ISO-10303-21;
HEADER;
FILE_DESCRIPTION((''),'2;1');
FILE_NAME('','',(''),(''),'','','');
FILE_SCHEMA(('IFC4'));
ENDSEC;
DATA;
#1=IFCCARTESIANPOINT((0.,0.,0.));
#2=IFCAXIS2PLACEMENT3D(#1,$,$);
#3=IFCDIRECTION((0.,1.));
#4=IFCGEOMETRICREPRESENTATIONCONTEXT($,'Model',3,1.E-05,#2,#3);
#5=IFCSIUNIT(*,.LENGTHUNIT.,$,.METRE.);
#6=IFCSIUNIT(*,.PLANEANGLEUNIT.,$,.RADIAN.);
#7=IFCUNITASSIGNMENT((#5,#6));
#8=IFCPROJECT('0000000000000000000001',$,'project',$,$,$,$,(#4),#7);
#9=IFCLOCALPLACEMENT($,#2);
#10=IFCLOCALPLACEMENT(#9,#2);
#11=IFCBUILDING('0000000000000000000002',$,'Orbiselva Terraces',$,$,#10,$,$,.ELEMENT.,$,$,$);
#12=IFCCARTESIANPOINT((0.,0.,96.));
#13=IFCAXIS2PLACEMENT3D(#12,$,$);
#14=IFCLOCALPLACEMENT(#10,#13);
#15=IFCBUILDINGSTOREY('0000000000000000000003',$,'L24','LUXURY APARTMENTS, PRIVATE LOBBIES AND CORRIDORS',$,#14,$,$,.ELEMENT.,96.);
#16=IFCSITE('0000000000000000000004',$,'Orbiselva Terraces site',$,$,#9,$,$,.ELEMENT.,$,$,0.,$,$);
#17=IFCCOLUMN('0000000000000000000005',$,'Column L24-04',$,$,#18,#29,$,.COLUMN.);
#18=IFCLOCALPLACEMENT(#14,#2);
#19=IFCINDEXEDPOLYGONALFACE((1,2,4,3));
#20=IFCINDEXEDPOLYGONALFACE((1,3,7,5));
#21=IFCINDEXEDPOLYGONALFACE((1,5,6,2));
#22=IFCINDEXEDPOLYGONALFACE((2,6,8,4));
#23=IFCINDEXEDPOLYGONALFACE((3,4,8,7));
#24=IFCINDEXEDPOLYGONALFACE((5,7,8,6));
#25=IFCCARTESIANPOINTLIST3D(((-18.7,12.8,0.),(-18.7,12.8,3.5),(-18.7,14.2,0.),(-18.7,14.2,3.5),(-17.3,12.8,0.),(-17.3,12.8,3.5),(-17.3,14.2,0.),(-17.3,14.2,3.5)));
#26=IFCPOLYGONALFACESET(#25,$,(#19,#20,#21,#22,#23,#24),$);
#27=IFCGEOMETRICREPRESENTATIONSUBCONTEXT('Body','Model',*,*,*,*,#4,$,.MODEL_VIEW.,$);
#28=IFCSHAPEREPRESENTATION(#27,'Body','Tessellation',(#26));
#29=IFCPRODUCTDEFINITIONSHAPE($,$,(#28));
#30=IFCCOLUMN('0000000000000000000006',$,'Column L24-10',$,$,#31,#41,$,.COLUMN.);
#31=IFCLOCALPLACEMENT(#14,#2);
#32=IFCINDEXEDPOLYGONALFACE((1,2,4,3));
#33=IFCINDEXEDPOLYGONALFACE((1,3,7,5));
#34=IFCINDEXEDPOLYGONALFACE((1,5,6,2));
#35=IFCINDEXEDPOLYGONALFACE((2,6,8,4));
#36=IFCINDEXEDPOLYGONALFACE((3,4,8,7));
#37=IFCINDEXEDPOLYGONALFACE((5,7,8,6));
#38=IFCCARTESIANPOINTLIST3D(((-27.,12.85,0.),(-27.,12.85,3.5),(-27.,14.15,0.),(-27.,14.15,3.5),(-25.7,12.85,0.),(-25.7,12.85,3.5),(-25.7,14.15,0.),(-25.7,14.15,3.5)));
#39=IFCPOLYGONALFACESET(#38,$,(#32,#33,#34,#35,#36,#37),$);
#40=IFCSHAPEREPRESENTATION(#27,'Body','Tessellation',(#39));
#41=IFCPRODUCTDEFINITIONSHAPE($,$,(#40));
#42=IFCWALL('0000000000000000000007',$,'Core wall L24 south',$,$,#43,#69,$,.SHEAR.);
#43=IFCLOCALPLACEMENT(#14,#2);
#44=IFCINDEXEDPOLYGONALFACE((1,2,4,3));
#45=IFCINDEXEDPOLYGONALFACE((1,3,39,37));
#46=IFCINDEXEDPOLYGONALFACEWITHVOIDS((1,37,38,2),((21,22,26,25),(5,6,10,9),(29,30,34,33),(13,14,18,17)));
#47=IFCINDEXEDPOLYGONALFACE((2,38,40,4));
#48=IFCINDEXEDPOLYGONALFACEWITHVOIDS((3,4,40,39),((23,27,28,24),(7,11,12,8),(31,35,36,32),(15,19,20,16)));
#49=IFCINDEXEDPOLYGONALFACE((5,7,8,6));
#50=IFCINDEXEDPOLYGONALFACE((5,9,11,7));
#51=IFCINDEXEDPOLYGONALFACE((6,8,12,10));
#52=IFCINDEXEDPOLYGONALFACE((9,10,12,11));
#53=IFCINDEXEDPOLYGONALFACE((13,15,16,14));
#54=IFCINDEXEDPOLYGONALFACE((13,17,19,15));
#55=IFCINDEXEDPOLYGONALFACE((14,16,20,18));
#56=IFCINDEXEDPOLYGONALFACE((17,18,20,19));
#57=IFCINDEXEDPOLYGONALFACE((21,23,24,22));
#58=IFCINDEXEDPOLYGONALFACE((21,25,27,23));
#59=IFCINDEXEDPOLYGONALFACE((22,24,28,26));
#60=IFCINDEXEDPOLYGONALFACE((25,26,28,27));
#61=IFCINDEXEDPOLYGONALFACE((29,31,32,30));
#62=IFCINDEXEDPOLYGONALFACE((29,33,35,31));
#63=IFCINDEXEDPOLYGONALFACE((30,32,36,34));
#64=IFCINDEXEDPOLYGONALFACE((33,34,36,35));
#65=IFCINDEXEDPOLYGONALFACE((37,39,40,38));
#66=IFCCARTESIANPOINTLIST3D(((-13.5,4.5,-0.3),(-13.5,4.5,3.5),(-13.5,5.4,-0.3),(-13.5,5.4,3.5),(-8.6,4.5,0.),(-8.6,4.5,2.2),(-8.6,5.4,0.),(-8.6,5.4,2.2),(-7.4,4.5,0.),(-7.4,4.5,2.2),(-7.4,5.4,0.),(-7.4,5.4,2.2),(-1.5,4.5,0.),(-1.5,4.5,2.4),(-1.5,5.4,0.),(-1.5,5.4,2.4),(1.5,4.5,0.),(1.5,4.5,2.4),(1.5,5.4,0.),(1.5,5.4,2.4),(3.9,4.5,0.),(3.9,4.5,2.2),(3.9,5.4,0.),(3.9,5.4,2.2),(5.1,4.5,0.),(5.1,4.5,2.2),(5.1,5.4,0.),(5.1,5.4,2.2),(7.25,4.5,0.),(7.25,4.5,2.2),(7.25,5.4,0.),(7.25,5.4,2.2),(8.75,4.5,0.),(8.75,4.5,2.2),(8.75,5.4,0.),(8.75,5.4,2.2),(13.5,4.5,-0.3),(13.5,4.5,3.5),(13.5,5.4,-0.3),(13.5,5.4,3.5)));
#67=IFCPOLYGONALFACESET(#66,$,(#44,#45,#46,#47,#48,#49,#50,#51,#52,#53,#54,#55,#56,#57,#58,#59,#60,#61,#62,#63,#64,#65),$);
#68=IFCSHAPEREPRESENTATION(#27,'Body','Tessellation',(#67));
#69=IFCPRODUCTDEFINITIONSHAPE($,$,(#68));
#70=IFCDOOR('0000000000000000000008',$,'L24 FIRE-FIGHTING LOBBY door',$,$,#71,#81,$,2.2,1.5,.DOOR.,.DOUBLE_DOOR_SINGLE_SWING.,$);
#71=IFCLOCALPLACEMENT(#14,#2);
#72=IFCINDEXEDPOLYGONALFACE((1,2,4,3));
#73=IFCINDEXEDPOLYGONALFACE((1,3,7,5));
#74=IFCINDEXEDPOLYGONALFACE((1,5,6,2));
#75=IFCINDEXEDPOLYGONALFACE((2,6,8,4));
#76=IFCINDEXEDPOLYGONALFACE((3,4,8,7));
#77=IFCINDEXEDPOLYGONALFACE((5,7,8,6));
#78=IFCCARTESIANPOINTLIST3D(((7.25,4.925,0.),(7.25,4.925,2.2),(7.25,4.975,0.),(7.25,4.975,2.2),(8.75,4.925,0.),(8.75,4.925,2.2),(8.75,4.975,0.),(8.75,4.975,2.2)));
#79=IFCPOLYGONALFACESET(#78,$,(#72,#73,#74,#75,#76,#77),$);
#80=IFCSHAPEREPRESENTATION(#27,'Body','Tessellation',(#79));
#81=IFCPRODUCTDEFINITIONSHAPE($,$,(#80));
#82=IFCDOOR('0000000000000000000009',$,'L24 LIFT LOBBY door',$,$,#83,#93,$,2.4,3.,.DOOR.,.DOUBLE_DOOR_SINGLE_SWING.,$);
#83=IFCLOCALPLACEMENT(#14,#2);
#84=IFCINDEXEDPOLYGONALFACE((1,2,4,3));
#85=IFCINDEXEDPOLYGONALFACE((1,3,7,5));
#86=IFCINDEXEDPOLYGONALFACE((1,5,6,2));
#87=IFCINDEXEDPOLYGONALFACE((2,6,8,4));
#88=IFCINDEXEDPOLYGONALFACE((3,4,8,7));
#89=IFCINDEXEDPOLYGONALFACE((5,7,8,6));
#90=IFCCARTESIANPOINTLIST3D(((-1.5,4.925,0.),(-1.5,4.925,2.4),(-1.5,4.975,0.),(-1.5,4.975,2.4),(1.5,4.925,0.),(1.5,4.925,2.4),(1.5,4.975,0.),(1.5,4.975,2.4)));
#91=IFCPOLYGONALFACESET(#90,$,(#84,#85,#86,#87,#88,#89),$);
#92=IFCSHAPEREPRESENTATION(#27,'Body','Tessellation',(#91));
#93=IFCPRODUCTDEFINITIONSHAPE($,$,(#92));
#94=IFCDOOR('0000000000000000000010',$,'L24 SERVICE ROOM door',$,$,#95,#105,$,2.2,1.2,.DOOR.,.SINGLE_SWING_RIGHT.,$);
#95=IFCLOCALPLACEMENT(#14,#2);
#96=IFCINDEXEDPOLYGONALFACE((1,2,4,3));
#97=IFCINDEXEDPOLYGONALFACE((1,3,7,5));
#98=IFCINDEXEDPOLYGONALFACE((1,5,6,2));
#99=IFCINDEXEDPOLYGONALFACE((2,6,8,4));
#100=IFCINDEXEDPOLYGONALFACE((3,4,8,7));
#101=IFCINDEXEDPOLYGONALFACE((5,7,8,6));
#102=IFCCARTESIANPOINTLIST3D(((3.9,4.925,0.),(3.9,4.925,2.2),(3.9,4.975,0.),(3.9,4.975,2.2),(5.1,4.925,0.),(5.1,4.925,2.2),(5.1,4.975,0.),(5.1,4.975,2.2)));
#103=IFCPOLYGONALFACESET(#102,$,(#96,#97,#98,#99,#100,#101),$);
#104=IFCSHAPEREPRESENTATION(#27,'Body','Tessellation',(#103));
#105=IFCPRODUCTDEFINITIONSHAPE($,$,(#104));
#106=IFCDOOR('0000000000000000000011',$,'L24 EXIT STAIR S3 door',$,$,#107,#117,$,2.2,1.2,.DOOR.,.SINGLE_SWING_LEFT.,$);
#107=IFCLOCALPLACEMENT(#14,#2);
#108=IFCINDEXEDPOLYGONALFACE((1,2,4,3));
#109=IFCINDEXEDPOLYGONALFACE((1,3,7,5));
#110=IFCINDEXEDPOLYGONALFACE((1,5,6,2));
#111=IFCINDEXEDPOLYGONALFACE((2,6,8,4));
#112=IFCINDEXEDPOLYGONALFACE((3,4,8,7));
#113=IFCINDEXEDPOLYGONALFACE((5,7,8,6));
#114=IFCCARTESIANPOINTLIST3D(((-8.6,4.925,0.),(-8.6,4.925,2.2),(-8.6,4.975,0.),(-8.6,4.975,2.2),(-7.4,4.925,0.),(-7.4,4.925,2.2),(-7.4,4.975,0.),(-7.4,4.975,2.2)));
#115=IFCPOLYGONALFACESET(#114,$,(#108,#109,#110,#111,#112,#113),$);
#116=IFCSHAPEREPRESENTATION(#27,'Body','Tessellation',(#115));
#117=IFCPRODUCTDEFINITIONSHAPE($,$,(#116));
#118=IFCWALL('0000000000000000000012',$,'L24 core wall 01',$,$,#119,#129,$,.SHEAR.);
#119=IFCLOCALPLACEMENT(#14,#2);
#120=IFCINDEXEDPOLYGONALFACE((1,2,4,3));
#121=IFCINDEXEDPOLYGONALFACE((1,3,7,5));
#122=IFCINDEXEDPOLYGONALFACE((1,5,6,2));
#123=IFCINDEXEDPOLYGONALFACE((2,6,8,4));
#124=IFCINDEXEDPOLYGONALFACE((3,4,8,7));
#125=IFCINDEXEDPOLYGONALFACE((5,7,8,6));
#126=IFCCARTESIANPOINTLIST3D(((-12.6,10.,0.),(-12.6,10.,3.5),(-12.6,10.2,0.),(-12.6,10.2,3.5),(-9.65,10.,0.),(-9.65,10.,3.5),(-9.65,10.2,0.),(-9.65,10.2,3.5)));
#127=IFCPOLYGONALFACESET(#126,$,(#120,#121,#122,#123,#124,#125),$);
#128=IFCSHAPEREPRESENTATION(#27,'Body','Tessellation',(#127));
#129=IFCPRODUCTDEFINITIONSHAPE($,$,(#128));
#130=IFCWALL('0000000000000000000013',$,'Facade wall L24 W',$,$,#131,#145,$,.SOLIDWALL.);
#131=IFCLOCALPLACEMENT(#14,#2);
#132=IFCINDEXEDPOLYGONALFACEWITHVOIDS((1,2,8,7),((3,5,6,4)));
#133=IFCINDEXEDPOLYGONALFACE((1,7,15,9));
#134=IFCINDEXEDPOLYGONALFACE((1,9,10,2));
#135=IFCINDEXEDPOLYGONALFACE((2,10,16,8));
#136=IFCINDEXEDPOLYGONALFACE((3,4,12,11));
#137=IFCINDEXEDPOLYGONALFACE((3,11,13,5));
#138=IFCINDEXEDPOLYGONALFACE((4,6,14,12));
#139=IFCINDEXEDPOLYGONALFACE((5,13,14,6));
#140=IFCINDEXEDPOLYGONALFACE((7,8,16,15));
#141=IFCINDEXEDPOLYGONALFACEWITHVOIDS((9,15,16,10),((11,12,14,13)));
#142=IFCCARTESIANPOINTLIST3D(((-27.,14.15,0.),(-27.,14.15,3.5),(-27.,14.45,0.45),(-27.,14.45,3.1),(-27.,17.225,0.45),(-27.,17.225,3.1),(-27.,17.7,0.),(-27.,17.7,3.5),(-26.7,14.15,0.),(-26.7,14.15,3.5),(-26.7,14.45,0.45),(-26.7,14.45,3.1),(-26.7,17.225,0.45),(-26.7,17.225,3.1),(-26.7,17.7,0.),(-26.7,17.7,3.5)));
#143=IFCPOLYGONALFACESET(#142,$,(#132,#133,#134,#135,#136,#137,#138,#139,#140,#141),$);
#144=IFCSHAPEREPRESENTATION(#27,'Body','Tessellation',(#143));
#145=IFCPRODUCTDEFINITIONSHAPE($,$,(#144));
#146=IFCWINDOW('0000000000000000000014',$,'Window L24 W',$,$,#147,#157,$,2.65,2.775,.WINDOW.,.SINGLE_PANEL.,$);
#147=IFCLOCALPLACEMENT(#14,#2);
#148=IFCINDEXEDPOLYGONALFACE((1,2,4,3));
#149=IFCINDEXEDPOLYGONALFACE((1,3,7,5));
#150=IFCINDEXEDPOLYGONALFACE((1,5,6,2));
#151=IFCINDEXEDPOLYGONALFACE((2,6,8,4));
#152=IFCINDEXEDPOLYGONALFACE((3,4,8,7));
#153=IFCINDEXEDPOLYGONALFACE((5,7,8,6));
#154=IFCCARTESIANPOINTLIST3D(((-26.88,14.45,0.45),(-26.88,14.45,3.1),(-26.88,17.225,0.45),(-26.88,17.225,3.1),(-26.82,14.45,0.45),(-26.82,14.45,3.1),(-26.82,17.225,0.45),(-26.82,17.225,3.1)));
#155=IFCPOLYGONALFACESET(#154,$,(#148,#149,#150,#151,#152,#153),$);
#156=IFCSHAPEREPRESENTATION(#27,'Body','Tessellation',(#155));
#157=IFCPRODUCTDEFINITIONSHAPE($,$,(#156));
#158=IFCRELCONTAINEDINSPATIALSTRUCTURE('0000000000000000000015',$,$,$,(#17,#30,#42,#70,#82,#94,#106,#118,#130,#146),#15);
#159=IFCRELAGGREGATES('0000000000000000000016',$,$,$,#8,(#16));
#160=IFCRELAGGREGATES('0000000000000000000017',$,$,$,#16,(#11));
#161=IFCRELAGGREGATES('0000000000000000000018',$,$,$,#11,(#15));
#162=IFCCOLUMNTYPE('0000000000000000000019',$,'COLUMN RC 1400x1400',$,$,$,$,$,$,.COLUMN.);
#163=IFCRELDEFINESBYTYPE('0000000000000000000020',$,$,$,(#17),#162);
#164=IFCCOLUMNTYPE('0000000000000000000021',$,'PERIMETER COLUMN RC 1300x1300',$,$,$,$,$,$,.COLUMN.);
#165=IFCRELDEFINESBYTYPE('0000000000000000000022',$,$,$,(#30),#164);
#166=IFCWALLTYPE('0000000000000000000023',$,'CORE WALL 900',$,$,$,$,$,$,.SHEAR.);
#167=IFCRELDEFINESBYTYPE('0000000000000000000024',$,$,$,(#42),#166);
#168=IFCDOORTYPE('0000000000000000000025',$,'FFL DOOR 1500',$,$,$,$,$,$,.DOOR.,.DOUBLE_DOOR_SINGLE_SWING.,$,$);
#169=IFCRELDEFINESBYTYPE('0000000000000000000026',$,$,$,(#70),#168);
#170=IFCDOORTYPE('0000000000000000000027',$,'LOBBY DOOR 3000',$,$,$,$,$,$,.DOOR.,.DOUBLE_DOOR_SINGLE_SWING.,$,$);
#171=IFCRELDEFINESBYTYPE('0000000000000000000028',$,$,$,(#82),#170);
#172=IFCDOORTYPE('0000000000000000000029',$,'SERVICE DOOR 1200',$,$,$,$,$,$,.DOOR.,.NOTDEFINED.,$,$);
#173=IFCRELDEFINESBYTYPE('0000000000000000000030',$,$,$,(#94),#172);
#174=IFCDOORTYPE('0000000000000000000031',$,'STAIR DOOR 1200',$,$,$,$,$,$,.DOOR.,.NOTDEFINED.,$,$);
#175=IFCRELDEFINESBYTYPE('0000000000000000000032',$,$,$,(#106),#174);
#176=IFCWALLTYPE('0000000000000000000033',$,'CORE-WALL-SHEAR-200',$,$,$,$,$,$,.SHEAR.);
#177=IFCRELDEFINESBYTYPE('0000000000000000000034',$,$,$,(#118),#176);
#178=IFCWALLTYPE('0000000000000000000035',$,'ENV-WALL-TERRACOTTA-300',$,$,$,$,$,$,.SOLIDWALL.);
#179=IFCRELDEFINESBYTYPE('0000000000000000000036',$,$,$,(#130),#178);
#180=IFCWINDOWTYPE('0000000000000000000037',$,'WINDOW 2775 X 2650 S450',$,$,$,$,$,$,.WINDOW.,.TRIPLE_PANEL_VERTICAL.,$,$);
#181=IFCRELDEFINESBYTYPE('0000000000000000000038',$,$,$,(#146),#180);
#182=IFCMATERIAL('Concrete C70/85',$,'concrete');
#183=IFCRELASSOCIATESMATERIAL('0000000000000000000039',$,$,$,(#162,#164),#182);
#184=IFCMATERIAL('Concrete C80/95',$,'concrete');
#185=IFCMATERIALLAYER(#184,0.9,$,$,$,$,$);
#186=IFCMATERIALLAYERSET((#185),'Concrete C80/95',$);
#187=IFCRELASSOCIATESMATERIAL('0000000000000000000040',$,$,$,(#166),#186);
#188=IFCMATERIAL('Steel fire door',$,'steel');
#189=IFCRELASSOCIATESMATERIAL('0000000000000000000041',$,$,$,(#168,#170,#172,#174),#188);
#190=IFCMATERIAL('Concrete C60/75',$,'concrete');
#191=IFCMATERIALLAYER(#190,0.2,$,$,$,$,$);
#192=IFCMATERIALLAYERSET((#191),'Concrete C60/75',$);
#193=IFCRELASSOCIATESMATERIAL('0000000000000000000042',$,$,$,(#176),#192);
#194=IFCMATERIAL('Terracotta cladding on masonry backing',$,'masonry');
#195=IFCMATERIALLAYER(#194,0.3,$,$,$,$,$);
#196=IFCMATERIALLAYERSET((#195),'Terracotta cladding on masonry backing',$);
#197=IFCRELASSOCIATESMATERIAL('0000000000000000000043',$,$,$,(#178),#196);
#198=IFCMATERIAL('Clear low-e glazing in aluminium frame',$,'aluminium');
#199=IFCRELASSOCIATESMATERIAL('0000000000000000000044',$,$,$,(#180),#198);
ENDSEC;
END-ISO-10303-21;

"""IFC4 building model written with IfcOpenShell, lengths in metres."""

from ifc_helpers import new_model, si_unit, direction, frame, frame_2d, origin, origin_2d, place, context, subcontext, project, spatial, rectangle, extrude, material, layer, layer_set, material_profile, profile_set, type_object, element, fill, save


model = new_model("IFC4")

# Units and contexts
model_context = context("Model", 3, precision=1e-05, world=origin(), true_north=direction((0.0, 1.0)))
body_context = subcontext(model_context, "Body", "Model", "MODEL_VIEW")
ifc_project = project(units=[si_unit("LENGTHUNIT", "METRE"), si_unit("PLANEANGLEUNIT", "RADIAN")], contexts=[model_context])

# Site, building, storey
site_placement = place(None, origin())
site = spatial("IfcSite", under=ifc_project, at=site_placement, Name="Orbiselva Terraces site", CompositionType="ELEMENT", RefElevation=0.0)
building_placement = place(site_placement, origin())
building = spatial("IfcBuilding", under=site, at=building_placement, Name="Orbiselva Terraces", CompositionType="ELEMENT")
storey_placement = place(building_placement, frame((0.0, 0.0, 96.0)))
storey = spatial("IfcBuildingStorey", under=building, at=storey_placement, Name="L24", Description="LUXURY APARTMENTS, PRIVATE LOBBIES AND CORRIDORS", CompositionType="ELEMENT", Elevation=96.0)

# Columns
ifc_material_1 = material(Name="Concrete C70/85", Category="concrete")
ifc_material_profile_1 = material_profile(ifc_material_1, rectangle(XDim=1.4, YDim=1.4, at=origin_2d()), Name="RC 1400x1400")
ifc_profile_set_1 = profile_set([ifc_material_profile_1], Name="Concrete C70/85")
column_type_1 = type_object("IfcColumnType", Name="COLUMN RC 1400x1400", PredefinedType="COLUMN", material=ifc_profile_set_1)
column_1_placement = place(storey_placement, frame((-18.0, 13.5, 0.0), z_axis=(0.0, 0.0, 1.0), x_axis=(1.0, 0.0, 0.0)))
element("IfcColumn", 1, at=column_1_placement, inside=storey, type_object=column_type_1, Name="Column L24-04", PredefinedType="COLUMN", context=body_context, shape_type="SweptSolid", body=[
    extrude(rectangle(XDim=1.4, YDim=1.4, at=origin_2d()), origin(), (0.0, 0.0, 1.0), 3.5),
])
ifc_material_profile_2 = material_profile(ifc_material_1, rectangle(XDim=1.3, YDim=1.3, at=origin_2d()), Name="RC 1300x1300")
ifc_profile_set_2 = profile_set([ifc_material_profile_2], Name="Concrete C70/85")
column_type_2 = type_object("IfcColumnType", Name="PERIMETER COLUMN RC 1300x1300", PredefinedType="COLUMN", material=ifc_profile_set_2)
column_2_placement = place(storey_placement, frame((-26.35, 13.5, 0.0), z_axis=(0.0, 0.0, 1.0), x_axis=(1.0, 0.0, 0.0)))
element("IfcColumn", 2, at=column_2_placement, inside=storey, type_object=column_type_2, Name="Column L24-10", PredefinedType="COLUMN", context=body_context, shape_type="SweptSolid", body=[
    extrude(rectangle(XDim=1.3, YDim=1.3, at=origin_2d()), origin(), (0.0, 0.0, 1.0), 3.5),
])

# Wall, openings, doors
ifc_material_2 = material(Name="Concrete C80/95", Category="concrete")
ifc_layer_1 = layer(ifc_material_2, 0.9)
ifc_layer_set_1 = layer_set([ifc_layer_1], Name="Concrete C80/95")
wall_type_1 = type_object("IfcWallType", Name="CORE WALL 900", PredefinedType="SHEAR", material=ifc_layer_set_1)
wall_1_placement = place(storey_placement, frame((-13.5, 4.95, -0.3), z_axis=(0.0, 0.0, 1.0), x_axis=(1.0, 0.0, 0.0)))
wall_1 = element("IfcWall", 3, at=wall_1_placement, inside=storey, type_object=wall_type_1, Name="Core wall L24 south", PredefinedType="SHEAR", context=body_context, shape_type="SweptSolid", body=[
    extrude(rectangle(XDim=27.0, YDim=0.9, at=frame_2d((13.5, 0.0))), origin(), (0.0, 0.0, 1.0), 3.8),
])
opening_1_placement = place(wall_1_placement, frame((12.0, 0.0, 0.3)))
opening_1 = element("IfcOpeningElement", 4, at=opening_1_placement, cuts=wall_1, PredefinedType="OPENING", context=body_context, shape_type="SweptSolid", body=[
    extrude(rectangle(XDim=3.0, YDim=2.4, at=frame_2d((1.5, 1.2))), frame((0.0, 0.46, 0.0), z_axis=(0.0, -1.0, 0.0), x_axis=(1.0, 0.0, 0.0)), (0.0, 0.0, 1.0), 0.92),
])
opening_2_placement = place(wall_1_placement, frame((4.9, 0.0, 0.3)))
opening_2 = element("IfcOpeningElement", 5, at=opening_2_placement, cuts=wall_1, PredefinedType="OPENING", context=body_context, shape_type="SweptSolid", body=[
    extrude(rectangle(XDim=1.2, YDim=2.2, at=frame_2d((0.6, 1.1))), frame((0.0, 0.46, 0.0), z_axis=(0.0, -1.0, 0.0), x_axis=(1.0, 0.0, 0.0)), (0.0, 0.0, 1.0), 0.92),
])
opening_3_placement = place(wall_1_placement, frame((20.75, 0.0, 0.3)))
opening_3 = element("IfcOpeningElement", 6, at=opening_3_placement, cuts=wall_1, PredefinedType="OPENING", context=body_context, shape_type="SweptSolid", body=[
    extrude(rectangle(XDim=1.5, YDim=2.2, at=frame_2d((0.75, 1.1))), frame((0.0, 0.46, 0.0), z_axis=(0.0, -1.0, 0.0), x_axis=(1.0, 0.0, 0.0)), (0.0, 0.0, 1.0), 0.92),
])
opening_4_placement = place(wall_1_placement, frame((17.4, 0.0, 0.3)))
opening_4 = element("IfcOpeningElement", 7, at=opening_4_placement, cuts=wall_1, PredefinedType="OPENING", context=body_context, shape_type="SweptSolid", body=[
    extrude(rectangle(XDim=1.2, YDim=2.2, at=frame_2d((0.6, 1.1))), frame((0.0, 0.46, 0.0), z_axis=(0.0, -1.0, 0.0), x_axis=(1.0, 0.0, 0.0)), (0.0, 0.0, 1.0), 0.92),
])
ifc_material_3 = material(Name="Steel fire door", Category="steel")
door_type_1 = type_object("IfcDoorType", Name="FFL DOOR 1500", OperationType="DOUBLE_DOOR_SINGLE_SWING", PredefinedType="DOOR", material=ifc_material_3)
door_1_placement = place(opening_3_placement, frame((1.5, 0.0, 0.0), z_axis=(0.0, 0.0, 1.0), x_axis=(-1.0, 0.0, 0.0)))
door_1 = element("IfcDoor", 8, at=door_1_placement, inside=storey, type_object=door_type_1, Name="L24 FIRE-FIGHTING LOBBY door", OperationType="DOUBLE_DOOR_SINGLE_SWING", OverallHeight=2.2, OverallWidth=1.5, PredefinedType="DOOR", context=body_context, shape_type="SweptSolid", body=[
    extrude(rectangle(XDim=1.5, YDim=2.2, at=frame_2d((0.75, 1.1))), frame((0.0, 0.025, 0.0), z_axis=(0.0, -1.0, 0.0), x_axis=(1.0, 0.0, 0.0)), (0.0, 0.0, 1.0), 0.05),
])
fill(opening_3, door_1)
door_type_2 = type_object("IfcDoorType", Name="LOBBY DOOR 3000", OperationType="DOUBLE_DOOR_SINGLE_SWING", PredefinedType="DOOR", material=ifc_material_3)
door_2_placement = place(opening_1_placement, frame((3.0, 0.0, 0.0), z_axis=(0.0, 0.0, 1.0), x_axis=(-1.0, 0.0, 0.0)))
door_2 = element("IfcDoor", 9, at=door_2_placement, inside=storey, type_object=door_type_2, Name="L24 LIFT LOBBY door", OperationType="DOUBLE_DOOR_SINGLE_SWING", OverallHeight=2.4, OverallWidth=3.0, PredefinedType="DOOR", context=body_context, shape_type="SweptSolid", body=[
    extrude(rectangle(XDim=3.0, YDim=2.4, at=frame_2d((1.5, 1.2))), frame((0.0, 0.025, 0.0), z_axis=(0.0, -1.0, 0.0), x_axis=(1.0, 0.0, 0.0)), (0.0, 0.0, 1.0), 0.05),
])
fill(opening_1, door_2)
door_type_3 = type_object("IfcDoorType", Name="SERVICE DOOR 1200", OperationType="NOTDEFINED", PredefinedType="DOOR", material=ifc_material_3)
door_3_placement = place(opening_4_placement, frame((1.2, 0.0, 0.0), z_axis=(0.0, 0.0, 1.0), x_axis=(-1.0, 0.0, 0.0)))
door_3 = element("IfcDoor", 10, at=door_3_placement, inside=storey, type_object=door_type_3, Name="L24 SERVICE ROOM door", OperationType="SINGLE_SWING_RIGHT", OverallHeight=2.2, OverallWidth=1.2, PredefinedType="DOOR", context=body_context, shape_type="SweptSolid", body=[
    extrude(rectangle(XDim=1.2, YDim=2.2, at=frame_2d((0.6, 1.1))), frame((0.0, 0.025, 0.0), z_axis=(0.0, -1.0, 0.0), x_axis=(1.0, 0.0, 0.0)), (0.0, 0.0, 1.0), 0.05),
])
fill(opening_4, door_3)
door_type_4 = type_object("IfcDoorType", Name="STAIR DOOR 1200", OperationType="NOTDEFINED", PredefinedType="DOOR", material=ifc_material_3)
door_4_placement = place(opening_2_placement, frame((1.2, 0.0, 0.0), z_axis=(0.0, 0.0, 1.0), x_axis=(-1.0, 0.0, 0.0)))
door_4 = element("IfcDoor", 11, at=door_4_placement, inside=storey, type_object=door_type_4, Name="L24 EXIT STAIR S3 door", OperationType="SINGLE_SWING_LEFT", OverallHeight=2.2, OverallWidth=1.2, PredefinedType="DOOR", context=body_context, shape_type="SweptSolid", body=[
    extrude(rectangle(XDim=1.2, YDim=2.2, at=frame_2d((0.6, 1.1))), frame((0.0, 0.025, 0.0), z_axis=(0.0, -1.0, 0.0), x_axis=(1.0, 0.0, 0.0)), (0.0, 0.0, 1.0), 0.05),
])
fill(opening_2, door_4)

# Wall
ifc_material_4 = material(Name="Concrete C60/75", Category="concrete")
ifc_layer_2 = layer(ifc_material_4, 0.2)
ifc_layer_set_2 = layer_set([ifc_layer_2], Name="Concrete C60/75")
wall_type_2 = type_object("IfcWallType", Name="CORE-WALL-SHEAR-200", PredefinedType="SHEAR", material=ifc_layer_set_2)
wall_2_placement = place(storey_placement, frame((-12.6, 10.1, 0.0), z_axis=(0.0, 0.0, 1.0), x_axis=(1.0, 0.0, 0.0)))
element("IfcWall", 12, at=wall_2_placement, inside=storey, type_object=wall_type_2, Name="L24 core wall 01", PredefinedType="SHEAR", context=body_context, shape_type="SweptSolid", body=[
    extrude(rectangle(XDim=2.95, YDim=0.2, at=frame_2d((1.475, 0.0))), origin(), (0.0, 0.0, 1.0), 3.5),
])

# Wall, opening, window
ifc_material_5 = material(Name="Terracotta cladding on masonry backing", Category="masonry")
ifc_layer_3 = layer(ifc_material_5, 0.3)
ifc_layer_set_3 = layer_set([ifc_layer_3], Name="Terracotta cladding on masonry backing")
wall_type_3 = type_object("IfcWallType", Name="ENV-WALL-TERRACOTTA-300", PredefinedType="SOLIDWALL", material=ifc_layer_set_3)
wall_3_placement = place(storey_placement, frame((-26.85, 14.15, 0.0), z_axis=(0.0, 0.0, 1.0), x_axis=(0.0, 1.0, 0.0)))
wall_3 = element("IfcWall", 13, at=wall_3_placement, inside=storey, type_object=wall_type_3, Name="Facade wall L24 W", PredefinedType="SOLIDWALL", context=body_context, shape_type="SweptSolid", body=[
    extrude(rectangle(XDim=3.55, YDim=0.3, at=frame_2d((1.775, 0.0))), origin(), (0.0, 0.0, 1.0), 3.5),
])
opening_5_placement = place(wall_3_placement, frame((0.3, 0.0, 0.45)))
opening_5 = element("IfcOpeningElement", 14, at=opening_5_placement, cuts=wall_3, PredefinedType="OPENING", context=body_context, shape_type="SweptSolid", body=[
    extrude(rectangle(XDim=2.775, YDim=2.65, at=frame_2d((1.3875, 1.325))), frame((0.0, 0.16, 0.0), z_axis=(0.0, -1.0, 0.0), x_axis=(1.0, 0.0, 0.0)), (0.0, 0.0, 1.0), 0.32),
])
ifc_material_6 = material(Name="Clear low-e glazing in aluminium frame", Category="aluminium")
window_type = type_object("IfcWindowType", Name="WINDOW 2775 X 2650 S450", PartitioningType="TRIPLE_PANEL_VERTICAL", PredefinedType="WINDOW", material=ifc_material_6)
window_placement = place(opening_5_placement, origin())
window = element("IfcWindow", 15, at=window_placement, inside=storey, type_object=window_type, Name="Window L24 W", OverallHeight=2.65, OverallWidth=2.775, PartitioningType="SINGLE_PANEL", PredefinedType="WINDOW", context=body_context, shape_type="SweptSolid", body=[
    extrude(rectangle(XDim=2.775, YDim=2.65, at=frame_2d((1.3875, 1.325))), frame((0.0, 0.03, 0.0), z_axis=(0.0, -1.0, 0.0), x_axis=(1.0, 0.0, 0.0)), (0.0, 0.0, 1.0), 0.06),
])
fill(opening_5, window)

save(model, "model.ifc")
